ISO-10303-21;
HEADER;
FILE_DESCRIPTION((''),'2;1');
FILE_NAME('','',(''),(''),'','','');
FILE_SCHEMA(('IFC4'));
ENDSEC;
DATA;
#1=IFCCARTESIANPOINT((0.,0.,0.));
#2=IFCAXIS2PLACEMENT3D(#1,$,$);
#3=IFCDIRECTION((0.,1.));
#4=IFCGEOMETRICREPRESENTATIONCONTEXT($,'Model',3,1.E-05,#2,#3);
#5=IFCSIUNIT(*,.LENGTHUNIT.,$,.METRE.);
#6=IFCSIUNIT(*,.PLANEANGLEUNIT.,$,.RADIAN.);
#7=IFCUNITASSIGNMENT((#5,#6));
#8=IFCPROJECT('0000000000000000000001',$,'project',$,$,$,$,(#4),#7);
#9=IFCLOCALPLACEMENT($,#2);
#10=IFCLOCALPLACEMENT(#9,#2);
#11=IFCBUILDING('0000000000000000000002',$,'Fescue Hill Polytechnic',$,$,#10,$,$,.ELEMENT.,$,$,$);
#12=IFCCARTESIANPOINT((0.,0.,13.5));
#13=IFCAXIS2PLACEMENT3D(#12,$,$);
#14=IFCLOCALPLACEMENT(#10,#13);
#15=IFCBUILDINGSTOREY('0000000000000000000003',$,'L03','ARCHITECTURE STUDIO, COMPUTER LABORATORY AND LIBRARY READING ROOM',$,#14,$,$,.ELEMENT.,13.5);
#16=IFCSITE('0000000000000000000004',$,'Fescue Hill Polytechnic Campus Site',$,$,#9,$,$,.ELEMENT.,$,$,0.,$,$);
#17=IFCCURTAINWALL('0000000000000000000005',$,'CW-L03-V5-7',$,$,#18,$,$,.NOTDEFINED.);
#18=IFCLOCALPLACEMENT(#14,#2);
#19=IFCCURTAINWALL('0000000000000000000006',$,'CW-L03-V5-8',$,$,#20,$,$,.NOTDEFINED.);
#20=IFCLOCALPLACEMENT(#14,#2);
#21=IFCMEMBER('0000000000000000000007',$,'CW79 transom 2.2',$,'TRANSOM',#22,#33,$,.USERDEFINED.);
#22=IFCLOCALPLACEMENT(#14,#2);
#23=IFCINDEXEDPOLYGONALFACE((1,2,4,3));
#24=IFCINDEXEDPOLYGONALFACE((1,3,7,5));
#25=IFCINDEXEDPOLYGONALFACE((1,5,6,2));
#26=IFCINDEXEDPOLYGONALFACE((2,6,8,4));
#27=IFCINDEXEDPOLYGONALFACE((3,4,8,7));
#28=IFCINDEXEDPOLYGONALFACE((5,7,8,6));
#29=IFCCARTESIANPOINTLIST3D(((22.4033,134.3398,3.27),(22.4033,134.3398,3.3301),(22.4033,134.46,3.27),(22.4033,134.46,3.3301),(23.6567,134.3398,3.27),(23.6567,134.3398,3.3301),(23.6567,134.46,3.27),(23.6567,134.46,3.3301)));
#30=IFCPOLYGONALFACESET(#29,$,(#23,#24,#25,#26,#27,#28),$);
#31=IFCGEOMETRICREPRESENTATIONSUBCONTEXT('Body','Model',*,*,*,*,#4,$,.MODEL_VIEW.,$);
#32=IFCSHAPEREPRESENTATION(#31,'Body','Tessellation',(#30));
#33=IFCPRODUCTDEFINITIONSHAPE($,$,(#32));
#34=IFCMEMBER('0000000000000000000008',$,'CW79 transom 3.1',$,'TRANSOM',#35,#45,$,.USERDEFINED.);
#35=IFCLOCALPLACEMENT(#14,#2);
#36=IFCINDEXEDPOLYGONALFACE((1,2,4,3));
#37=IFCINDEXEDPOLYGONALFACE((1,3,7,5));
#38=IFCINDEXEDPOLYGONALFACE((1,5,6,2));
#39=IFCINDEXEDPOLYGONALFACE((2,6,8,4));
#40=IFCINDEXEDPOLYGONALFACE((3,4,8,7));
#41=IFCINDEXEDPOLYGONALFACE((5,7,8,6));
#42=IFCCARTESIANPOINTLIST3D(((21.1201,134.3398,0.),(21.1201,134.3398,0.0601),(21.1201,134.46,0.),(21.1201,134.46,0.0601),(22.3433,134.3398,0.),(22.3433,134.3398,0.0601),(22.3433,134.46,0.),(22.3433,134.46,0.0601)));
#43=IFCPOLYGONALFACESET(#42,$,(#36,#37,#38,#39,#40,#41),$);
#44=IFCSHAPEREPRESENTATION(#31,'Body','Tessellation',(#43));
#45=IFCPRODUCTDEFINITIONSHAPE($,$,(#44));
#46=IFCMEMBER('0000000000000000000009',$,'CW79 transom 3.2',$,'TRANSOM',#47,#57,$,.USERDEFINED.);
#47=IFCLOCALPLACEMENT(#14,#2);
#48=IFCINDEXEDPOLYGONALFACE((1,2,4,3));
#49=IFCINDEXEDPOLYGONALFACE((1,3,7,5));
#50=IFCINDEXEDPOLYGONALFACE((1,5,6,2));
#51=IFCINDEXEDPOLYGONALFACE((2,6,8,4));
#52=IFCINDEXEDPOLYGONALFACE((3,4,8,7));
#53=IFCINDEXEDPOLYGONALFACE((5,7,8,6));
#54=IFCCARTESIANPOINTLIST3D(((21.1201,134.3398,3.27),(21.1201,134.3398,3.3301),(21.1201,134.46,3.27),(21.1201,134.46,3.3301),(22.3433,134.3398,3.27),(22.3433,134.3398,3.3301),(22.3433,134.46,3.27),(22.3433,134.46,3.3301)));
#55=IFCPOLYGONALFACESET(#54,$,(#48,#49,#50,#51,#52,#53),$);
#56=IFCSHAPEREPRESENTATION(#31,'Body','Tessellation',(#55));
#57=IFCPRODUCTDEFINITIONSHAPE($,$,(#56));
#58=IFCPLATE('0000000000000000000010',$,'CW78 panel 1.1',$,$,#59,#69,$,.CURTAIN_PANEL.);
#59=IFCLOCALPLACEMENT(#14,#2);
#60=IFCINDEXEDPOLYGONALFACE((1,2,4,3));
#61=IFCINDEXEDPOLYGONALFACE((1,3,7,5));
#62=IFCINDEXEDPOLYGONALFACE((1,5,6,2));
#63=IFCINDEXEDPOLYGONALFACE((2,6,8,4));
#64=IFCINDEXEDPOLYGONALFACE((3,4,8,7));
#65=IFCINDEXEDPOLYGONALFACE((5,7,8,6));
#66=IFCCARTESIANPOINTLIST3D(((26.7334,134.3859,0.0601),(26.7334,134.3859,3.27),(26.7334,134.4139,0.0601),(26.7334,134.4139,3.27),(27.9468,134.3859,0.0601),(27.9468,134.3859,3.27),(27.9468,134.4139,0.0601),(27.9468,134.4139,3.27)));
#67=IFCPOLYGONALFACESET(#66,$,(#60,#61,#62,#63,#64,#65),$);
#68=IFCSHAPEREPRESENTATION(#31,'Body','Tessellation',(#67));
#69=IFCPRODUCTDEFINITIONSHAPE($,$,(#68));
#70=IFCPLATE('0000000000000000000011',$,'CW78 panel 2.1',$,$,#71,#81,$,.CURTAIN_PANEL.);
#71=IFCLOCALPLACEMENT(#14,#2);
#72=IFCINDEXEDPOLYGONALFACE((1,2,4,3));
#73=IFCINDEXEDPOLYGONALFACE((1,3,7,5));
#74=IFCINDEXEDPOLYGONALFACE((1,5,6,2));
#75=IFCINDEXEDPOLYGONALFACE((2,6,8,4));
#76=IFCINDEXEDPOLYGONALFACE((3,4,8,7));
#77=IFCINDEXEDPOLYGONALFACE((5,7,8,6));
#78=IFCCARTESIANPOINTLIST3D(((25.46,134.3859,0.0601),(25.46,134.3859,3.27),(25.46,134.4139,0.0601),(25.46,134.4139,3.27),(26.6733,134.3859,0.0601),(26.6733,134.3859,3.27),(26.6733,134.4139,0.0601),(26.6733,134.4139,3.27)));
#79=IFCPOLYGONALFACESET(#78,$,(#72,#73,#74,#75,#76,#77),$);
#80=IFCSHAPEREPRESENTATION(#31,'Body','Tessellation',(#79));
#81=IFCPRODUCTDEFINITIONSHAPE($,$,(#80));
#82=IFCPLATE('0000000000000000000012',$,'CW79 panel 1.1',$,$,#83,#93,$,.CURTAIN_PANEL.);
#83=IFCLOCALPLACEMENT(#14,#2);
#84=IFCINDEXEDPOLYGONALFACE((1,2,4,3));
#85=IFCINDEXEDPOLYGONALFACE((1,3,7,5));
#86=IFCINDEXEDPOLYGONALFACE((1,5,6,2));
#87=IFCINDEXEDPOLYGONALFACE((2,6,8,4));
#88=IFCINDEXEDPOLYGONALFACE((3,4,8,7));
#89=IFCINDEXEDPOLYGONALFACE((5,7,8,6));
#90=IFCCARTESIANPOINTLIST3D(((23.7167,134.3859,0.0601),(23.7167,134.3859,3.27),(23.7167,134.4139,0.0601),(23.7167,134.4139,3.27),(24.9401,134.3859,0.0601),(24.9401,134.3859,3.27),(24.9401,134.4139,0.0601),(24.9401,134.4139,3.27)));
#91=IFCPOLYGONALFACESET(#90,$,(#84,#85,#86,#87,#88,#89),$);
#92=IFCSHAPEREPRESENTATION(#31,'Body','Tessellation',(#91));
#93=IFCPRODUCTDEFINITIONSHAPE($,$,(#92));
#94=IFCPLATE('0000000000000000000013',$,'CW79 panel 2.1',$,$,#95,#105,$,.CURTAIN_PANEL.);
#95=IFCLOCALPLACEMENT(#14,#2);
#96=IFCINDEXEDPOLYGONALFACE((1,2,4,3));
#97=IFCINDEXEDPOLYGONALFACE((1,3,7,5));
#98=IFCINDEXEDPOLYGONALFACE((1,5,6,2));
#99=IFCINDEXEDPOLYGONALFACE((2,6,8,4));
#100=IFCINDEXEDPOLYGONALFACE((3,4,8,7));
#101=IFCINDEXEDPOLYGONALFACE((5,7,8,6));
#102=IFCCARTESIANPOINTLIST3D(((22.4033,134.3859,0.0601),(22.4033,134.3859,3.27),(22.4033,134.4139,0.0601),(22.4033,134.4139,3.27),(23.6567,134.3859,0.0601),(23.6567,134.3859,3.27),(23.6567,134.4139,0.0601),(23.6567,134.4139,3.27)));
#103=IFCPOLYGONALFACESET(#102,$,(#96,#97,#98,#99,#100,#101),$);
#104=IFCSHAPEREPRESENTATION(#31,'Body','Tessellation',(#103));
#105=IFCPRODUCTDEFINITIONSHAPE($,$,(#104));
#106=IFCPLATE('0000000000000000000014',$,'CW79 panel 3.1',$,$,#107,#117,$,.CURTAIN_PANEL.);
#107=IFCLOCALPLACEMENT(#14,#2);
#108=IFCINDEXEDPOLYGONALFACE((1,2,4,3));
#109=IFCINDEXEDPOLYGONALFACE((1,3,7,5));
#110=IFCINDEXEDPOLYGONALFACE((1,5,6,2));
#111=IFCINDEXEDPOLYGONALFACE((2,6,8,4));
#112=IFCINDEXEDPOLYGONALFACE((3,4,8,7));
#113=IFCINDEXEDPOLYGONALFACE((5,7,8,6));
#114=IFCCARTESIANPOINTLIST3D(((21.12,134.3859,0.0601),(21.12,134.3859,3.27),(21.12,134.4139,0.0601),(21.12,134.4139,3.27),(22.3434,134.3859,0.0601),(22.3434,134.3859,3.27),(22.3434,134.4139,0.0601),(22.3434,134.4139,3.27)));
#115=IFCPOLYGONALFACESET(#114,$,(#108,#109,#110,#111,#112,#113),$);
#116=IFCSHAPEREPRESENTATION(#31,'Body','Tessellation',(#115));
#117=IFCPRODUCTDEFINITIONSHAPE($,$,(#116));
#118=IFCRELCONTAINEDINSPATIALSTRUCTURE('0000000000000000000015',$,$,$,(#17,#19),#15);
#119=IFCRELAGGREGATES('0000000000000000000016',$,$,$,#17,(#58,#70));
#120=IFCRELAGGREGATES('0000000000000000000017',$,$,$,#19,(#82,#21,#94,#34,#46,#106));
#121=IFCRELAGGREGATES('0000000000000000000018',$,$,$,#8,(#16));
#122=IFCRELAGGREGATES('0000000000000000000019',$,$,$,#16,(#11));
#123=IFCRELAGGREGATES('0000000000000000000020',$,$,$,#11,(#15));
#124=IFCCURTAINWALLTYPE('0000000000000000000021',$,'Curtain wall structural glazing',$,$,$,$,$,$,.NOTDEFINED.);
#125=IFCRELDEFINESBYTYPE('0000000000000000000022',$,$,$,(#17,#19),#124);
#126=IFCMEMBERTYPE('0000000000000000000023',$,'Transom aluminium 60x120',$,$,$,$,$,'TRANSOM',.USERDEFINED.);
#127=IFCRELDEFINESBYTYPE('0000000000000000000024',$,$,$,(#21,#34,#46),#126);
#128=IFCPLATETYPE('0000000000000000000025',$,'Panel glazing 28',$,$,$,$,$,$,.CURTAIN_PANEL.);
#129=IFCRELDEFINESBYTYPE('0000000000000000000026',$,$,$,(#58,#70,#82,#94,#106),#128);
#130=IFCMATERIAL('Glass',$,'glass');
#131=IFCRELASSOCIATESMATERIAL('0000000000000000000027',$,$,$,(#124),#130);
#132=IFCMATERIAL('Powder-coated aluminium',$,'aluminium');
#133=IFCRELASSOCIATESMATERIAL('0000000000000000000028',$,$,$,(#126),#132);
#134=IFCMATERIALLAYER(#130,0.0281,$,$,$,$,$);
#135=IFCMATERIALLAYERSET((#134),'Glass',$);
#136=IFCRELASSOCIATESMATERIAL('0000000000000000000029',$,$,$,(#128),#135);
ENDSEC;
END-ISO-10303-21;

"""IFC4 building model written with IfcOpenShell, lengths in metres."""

from ifc_helpers import new_model, si_unit, direction, frame, origin, origin_2d, place, context, subcontext, project, spatial, rectangle, extrude, material, layer, layer_set, material_profile, profile_set, type_object, element, aggregate, save


model = new_model("IFC4")

# Units and contexts
model_context = context("Model", 3, precision=1e-05, world=origin(), true_north=direction((0.0, 1.0)))
body_context = subcontext(model_context, "Body", "Model", "MODEL_VIEW")
ifc_project = project(units=[si_unit("LENGTHUNIT", "METRE"), si_unit("PLANEANGLEUNIT", "RADIAN")], contexts=[model_context])

# Site, building, storey
site_placement = place(None, origin())
site = spatial("IfcSite", under=ifc_project, at=site_placement, Name="Fescue Hill Polytechnic Campus Site", CompositionType="ELEMENT", RefElevation=0.0)
building_placement = place(site_placement, origin())
building = spatial("IfcBuilding", under=site, at=building_placement, Name="Fescue Hill Polytechnic", CompositionType="ELEMENT")
storey_placement = place(building_placement, frame((0.0, 0.0, 13.5)))
storey = spatial("IfcBuildingStorey", under=building, at=storey_placement, Name="L03", Description="ARCHITECTURE STUDIO, COMPUTER LABORATORY AND LIBRARY READING ROOM", CompositionType="ELEMENT", Elevation=13.5)

# Curtain walls
ifc_material_1 = material(Name="Glass", Category="glass")
curtain_wall_type = type_object("IfcCurtainWallType", Name="Curtain wall structural glazing", PredefinedType="NOTDEFINED", material=ifc_material_1)
curtain_wall_1_placement = place(storey_placement, origin())
curtain_wall_1 = element("IfcCurtainWall", 1, at=curtain_wall_1_placement, inside=storey, type_object=curtain_wall_type, Name="CW-L03-V5-7", PredefinedType="NOTDEFINED")
ifc_material_2 = material(Name="Powder-coated aluminium", Category="aluminium")
curtain_wall_2_placement = place(storey_placement, origin())
curtain_wall_2 = element("IfcCurtainWall", 2, at=curtain_wall_2_placement, inside=storey, type_object=curtain_wall_type, Name="CW-L03-V5-8", PredefinedType="NOTDEFINED")

# Members
ifc_material_profile_1 = material_profile(ifc_material_2, rectangle(XDim=0.1201, YDim=0.0601, at=origin_2d()), Name="Transom aluminium 60x120")
ifc_profile_set_1 = profile_set([ifc_material_profile_1], Name="Powder-coated aluminium")
member_type_1 = type_object("IfcMemberType", Name="Transom aluminium 60x120", ElementType="TRANSOM", PredefinedType="USERDEFINED", material=ifc_profile_set_1)
member_1_placement = place(storey_placement, frame((23.6567, 134.3999, 3.3), z_axis=(-1.0, 0.0, 0.0), x_axis=(0.0, -1.0, 0.0)))
member_1 = element("IfcMember", 3, at=member_1_placement, type_object=member_type_1, Name="CW79 transom 2.2", ObjectType="TRANSOM", PredefinedType="USERDEFINED", context=body_context, shape_type="SweptSolid", body=[
    extrude(rectangle(XDim=0.1201, YDim=0.0601, at=origin_2d()), origin(), (0.0, 0.0, 1.0), 1.2534),
])
member_2_placement = place(storey_placement, frame((22.3433, 134.3999, 0.03), z_axis=(-1.0, 0.0, 0.0), x_axis=(0.0, -1.0, 0.0)))
member_2 = element("IfcMember", 4, at=member_2_placement, type_object=member_type_1, Name="CW79 transom 3.1", ObjectType="TRANSOM", PredefinedType="USERDEFINED", context=body_context, shape_type="SweptSolid", body=[
    extrude(rectangle(XDim=0.1201, YDim=0.0601, at=origin_2d()), origin(), (0.0, 0.0, 1.0), 1.2231),
])
member_3_placement = place(storey_placement, frame((22.3433, 134.3999, 3.3), z_axis=(-1.0, 0.0, 0.0), x_axis=(0.0, -1.0, 0.0)))
member_3 = element("IfcMember", 5, at=member_3_placement, type_object=member_type_1, Name="CW79 transom 3.2", ObjectType="TRANSOM", PredefinedType="USERDEFINED", context=body_context, shape_type="SweptSolid", body=[
    extrude(rectangle(XDim=0.1201, YDim=0.0601, at=origin_2d()), origin(), (0.0, 0.0, 1.0), 1.2231),
])

# Plates
ifc_layer = layer(ifc_material_1, 0.0281)
ifc_layer_set = layer_set([ifc_layer], Name="Glass")
plate_type = type_object("IfcPlateType", Name="Panel glazing 28", PredefinedType="CURTAIN_PANEL", material=ifc_layer_set)
plate_1_placement = place(storey_placement, frame((27.3401, 134.3999, 0.0601), z_axis=(0.0, 0.0, 1.0), x_axis=(-1.0, 0.0, 0.0)))
plate_1 = element("IfcPlate", 6, at=plate_1_placement, type_object=plate_type, Name="CW78 panel 1.1", PredefinedType="CURTAIN_PANEL", context=body_context, shape_type="SweptSolid", body=[
    extrude(rectangle(XDim=1.2134, YDim=0.0281, at=origin_2d()), origin(), (0.0, 0.0, 1.0), 3.21),
])
plate_2_placement = place(storey_placement, frame((26.0667, 134.3999, 0.0601), z_axis=(0.0, 0.0, 1.0), x_axis=(-1.0, 0.0, 0.0)))
plate_2 = element("IfcPlate", 7, at=plate_2_placement, type_object=plate_type, Name="CW78 panel 2.1", PredefinedType="CURTAIN_PANEL", context=body_context, shape_type="SweptSolid", body=[
    extrude(rectangle(XDim=1.2134, YDim=0.0281, at=origin_2d()), origin(), (0.0, 0.0, 1.0), 3.21),
])
aggregate(curtain_wall_1, [plate_1, plate_2])
plate_3_placement = place(storey_placement, frame((24.3284, 134.3999, 0.0601), z_axis=(0.0, 0.0, 1.0), x_axis=(-1.0, 0.0, 0.0)))
plate_3 = element("IfcPlate", 8, at=plate_3_placement, type_object=plate_type, Name="CW79 panel 1.1", PredefinedType="CURTAIN_PANEL", context=body_context, shape_type="SweptSolid", body=[
    extrude(rectangle(XDim=1.2234, YDim=0.0281, at=origin_2d()), origin(), (0.0, 0.0, 1.0), 3.21),
])
plate_4_placement = place(storey_placement, frame((23.03, 134.3999, 0.0601), z_axis=(0.0, 0.0, 1.0), x_axis=(-1.0, 0.0, 0.0)))
plate_4 = element("IfcPlate", 9, at=plate_4_placement, type_object=plate_type, Name="CW79 panel 2.1", PredefinedType="CURTAIN_PANEL", context=body_context, shape_type="SweptSolid", body=[
    extrude(rectangle(XDim=1.2534, YDim=0.0281, at=origin_2d()), origin(), (0.0, 0.0, 1.0), 3.21),
])
plate_5_placement = place(storey_placement, frame((21.7317, 134.3999, 0.0601), z_axis=(0.0, 0.0, 1.0), x_axis=(-1.0, 0.0, 0.0)))
plate_5 = element("IfcPlate", 10, at=plate_5_placement, type_object=plate_type, Name="CW79 panel 3.1", PredefinedType="CURTAIN_PANEL", context=body_context, shape_type="SweptSolid", body=[
    extrude(rectangle(XDim=1.2234, YDim=0.0281, at=origin_2d()), origin(), (0.0, 0.0, 1.0), 3.21),
])
aggregate(curtain_wall_2, [plate_3, member_1, plate_4, member_2, member_3, plate_5])

save(model, "model.ifc")
